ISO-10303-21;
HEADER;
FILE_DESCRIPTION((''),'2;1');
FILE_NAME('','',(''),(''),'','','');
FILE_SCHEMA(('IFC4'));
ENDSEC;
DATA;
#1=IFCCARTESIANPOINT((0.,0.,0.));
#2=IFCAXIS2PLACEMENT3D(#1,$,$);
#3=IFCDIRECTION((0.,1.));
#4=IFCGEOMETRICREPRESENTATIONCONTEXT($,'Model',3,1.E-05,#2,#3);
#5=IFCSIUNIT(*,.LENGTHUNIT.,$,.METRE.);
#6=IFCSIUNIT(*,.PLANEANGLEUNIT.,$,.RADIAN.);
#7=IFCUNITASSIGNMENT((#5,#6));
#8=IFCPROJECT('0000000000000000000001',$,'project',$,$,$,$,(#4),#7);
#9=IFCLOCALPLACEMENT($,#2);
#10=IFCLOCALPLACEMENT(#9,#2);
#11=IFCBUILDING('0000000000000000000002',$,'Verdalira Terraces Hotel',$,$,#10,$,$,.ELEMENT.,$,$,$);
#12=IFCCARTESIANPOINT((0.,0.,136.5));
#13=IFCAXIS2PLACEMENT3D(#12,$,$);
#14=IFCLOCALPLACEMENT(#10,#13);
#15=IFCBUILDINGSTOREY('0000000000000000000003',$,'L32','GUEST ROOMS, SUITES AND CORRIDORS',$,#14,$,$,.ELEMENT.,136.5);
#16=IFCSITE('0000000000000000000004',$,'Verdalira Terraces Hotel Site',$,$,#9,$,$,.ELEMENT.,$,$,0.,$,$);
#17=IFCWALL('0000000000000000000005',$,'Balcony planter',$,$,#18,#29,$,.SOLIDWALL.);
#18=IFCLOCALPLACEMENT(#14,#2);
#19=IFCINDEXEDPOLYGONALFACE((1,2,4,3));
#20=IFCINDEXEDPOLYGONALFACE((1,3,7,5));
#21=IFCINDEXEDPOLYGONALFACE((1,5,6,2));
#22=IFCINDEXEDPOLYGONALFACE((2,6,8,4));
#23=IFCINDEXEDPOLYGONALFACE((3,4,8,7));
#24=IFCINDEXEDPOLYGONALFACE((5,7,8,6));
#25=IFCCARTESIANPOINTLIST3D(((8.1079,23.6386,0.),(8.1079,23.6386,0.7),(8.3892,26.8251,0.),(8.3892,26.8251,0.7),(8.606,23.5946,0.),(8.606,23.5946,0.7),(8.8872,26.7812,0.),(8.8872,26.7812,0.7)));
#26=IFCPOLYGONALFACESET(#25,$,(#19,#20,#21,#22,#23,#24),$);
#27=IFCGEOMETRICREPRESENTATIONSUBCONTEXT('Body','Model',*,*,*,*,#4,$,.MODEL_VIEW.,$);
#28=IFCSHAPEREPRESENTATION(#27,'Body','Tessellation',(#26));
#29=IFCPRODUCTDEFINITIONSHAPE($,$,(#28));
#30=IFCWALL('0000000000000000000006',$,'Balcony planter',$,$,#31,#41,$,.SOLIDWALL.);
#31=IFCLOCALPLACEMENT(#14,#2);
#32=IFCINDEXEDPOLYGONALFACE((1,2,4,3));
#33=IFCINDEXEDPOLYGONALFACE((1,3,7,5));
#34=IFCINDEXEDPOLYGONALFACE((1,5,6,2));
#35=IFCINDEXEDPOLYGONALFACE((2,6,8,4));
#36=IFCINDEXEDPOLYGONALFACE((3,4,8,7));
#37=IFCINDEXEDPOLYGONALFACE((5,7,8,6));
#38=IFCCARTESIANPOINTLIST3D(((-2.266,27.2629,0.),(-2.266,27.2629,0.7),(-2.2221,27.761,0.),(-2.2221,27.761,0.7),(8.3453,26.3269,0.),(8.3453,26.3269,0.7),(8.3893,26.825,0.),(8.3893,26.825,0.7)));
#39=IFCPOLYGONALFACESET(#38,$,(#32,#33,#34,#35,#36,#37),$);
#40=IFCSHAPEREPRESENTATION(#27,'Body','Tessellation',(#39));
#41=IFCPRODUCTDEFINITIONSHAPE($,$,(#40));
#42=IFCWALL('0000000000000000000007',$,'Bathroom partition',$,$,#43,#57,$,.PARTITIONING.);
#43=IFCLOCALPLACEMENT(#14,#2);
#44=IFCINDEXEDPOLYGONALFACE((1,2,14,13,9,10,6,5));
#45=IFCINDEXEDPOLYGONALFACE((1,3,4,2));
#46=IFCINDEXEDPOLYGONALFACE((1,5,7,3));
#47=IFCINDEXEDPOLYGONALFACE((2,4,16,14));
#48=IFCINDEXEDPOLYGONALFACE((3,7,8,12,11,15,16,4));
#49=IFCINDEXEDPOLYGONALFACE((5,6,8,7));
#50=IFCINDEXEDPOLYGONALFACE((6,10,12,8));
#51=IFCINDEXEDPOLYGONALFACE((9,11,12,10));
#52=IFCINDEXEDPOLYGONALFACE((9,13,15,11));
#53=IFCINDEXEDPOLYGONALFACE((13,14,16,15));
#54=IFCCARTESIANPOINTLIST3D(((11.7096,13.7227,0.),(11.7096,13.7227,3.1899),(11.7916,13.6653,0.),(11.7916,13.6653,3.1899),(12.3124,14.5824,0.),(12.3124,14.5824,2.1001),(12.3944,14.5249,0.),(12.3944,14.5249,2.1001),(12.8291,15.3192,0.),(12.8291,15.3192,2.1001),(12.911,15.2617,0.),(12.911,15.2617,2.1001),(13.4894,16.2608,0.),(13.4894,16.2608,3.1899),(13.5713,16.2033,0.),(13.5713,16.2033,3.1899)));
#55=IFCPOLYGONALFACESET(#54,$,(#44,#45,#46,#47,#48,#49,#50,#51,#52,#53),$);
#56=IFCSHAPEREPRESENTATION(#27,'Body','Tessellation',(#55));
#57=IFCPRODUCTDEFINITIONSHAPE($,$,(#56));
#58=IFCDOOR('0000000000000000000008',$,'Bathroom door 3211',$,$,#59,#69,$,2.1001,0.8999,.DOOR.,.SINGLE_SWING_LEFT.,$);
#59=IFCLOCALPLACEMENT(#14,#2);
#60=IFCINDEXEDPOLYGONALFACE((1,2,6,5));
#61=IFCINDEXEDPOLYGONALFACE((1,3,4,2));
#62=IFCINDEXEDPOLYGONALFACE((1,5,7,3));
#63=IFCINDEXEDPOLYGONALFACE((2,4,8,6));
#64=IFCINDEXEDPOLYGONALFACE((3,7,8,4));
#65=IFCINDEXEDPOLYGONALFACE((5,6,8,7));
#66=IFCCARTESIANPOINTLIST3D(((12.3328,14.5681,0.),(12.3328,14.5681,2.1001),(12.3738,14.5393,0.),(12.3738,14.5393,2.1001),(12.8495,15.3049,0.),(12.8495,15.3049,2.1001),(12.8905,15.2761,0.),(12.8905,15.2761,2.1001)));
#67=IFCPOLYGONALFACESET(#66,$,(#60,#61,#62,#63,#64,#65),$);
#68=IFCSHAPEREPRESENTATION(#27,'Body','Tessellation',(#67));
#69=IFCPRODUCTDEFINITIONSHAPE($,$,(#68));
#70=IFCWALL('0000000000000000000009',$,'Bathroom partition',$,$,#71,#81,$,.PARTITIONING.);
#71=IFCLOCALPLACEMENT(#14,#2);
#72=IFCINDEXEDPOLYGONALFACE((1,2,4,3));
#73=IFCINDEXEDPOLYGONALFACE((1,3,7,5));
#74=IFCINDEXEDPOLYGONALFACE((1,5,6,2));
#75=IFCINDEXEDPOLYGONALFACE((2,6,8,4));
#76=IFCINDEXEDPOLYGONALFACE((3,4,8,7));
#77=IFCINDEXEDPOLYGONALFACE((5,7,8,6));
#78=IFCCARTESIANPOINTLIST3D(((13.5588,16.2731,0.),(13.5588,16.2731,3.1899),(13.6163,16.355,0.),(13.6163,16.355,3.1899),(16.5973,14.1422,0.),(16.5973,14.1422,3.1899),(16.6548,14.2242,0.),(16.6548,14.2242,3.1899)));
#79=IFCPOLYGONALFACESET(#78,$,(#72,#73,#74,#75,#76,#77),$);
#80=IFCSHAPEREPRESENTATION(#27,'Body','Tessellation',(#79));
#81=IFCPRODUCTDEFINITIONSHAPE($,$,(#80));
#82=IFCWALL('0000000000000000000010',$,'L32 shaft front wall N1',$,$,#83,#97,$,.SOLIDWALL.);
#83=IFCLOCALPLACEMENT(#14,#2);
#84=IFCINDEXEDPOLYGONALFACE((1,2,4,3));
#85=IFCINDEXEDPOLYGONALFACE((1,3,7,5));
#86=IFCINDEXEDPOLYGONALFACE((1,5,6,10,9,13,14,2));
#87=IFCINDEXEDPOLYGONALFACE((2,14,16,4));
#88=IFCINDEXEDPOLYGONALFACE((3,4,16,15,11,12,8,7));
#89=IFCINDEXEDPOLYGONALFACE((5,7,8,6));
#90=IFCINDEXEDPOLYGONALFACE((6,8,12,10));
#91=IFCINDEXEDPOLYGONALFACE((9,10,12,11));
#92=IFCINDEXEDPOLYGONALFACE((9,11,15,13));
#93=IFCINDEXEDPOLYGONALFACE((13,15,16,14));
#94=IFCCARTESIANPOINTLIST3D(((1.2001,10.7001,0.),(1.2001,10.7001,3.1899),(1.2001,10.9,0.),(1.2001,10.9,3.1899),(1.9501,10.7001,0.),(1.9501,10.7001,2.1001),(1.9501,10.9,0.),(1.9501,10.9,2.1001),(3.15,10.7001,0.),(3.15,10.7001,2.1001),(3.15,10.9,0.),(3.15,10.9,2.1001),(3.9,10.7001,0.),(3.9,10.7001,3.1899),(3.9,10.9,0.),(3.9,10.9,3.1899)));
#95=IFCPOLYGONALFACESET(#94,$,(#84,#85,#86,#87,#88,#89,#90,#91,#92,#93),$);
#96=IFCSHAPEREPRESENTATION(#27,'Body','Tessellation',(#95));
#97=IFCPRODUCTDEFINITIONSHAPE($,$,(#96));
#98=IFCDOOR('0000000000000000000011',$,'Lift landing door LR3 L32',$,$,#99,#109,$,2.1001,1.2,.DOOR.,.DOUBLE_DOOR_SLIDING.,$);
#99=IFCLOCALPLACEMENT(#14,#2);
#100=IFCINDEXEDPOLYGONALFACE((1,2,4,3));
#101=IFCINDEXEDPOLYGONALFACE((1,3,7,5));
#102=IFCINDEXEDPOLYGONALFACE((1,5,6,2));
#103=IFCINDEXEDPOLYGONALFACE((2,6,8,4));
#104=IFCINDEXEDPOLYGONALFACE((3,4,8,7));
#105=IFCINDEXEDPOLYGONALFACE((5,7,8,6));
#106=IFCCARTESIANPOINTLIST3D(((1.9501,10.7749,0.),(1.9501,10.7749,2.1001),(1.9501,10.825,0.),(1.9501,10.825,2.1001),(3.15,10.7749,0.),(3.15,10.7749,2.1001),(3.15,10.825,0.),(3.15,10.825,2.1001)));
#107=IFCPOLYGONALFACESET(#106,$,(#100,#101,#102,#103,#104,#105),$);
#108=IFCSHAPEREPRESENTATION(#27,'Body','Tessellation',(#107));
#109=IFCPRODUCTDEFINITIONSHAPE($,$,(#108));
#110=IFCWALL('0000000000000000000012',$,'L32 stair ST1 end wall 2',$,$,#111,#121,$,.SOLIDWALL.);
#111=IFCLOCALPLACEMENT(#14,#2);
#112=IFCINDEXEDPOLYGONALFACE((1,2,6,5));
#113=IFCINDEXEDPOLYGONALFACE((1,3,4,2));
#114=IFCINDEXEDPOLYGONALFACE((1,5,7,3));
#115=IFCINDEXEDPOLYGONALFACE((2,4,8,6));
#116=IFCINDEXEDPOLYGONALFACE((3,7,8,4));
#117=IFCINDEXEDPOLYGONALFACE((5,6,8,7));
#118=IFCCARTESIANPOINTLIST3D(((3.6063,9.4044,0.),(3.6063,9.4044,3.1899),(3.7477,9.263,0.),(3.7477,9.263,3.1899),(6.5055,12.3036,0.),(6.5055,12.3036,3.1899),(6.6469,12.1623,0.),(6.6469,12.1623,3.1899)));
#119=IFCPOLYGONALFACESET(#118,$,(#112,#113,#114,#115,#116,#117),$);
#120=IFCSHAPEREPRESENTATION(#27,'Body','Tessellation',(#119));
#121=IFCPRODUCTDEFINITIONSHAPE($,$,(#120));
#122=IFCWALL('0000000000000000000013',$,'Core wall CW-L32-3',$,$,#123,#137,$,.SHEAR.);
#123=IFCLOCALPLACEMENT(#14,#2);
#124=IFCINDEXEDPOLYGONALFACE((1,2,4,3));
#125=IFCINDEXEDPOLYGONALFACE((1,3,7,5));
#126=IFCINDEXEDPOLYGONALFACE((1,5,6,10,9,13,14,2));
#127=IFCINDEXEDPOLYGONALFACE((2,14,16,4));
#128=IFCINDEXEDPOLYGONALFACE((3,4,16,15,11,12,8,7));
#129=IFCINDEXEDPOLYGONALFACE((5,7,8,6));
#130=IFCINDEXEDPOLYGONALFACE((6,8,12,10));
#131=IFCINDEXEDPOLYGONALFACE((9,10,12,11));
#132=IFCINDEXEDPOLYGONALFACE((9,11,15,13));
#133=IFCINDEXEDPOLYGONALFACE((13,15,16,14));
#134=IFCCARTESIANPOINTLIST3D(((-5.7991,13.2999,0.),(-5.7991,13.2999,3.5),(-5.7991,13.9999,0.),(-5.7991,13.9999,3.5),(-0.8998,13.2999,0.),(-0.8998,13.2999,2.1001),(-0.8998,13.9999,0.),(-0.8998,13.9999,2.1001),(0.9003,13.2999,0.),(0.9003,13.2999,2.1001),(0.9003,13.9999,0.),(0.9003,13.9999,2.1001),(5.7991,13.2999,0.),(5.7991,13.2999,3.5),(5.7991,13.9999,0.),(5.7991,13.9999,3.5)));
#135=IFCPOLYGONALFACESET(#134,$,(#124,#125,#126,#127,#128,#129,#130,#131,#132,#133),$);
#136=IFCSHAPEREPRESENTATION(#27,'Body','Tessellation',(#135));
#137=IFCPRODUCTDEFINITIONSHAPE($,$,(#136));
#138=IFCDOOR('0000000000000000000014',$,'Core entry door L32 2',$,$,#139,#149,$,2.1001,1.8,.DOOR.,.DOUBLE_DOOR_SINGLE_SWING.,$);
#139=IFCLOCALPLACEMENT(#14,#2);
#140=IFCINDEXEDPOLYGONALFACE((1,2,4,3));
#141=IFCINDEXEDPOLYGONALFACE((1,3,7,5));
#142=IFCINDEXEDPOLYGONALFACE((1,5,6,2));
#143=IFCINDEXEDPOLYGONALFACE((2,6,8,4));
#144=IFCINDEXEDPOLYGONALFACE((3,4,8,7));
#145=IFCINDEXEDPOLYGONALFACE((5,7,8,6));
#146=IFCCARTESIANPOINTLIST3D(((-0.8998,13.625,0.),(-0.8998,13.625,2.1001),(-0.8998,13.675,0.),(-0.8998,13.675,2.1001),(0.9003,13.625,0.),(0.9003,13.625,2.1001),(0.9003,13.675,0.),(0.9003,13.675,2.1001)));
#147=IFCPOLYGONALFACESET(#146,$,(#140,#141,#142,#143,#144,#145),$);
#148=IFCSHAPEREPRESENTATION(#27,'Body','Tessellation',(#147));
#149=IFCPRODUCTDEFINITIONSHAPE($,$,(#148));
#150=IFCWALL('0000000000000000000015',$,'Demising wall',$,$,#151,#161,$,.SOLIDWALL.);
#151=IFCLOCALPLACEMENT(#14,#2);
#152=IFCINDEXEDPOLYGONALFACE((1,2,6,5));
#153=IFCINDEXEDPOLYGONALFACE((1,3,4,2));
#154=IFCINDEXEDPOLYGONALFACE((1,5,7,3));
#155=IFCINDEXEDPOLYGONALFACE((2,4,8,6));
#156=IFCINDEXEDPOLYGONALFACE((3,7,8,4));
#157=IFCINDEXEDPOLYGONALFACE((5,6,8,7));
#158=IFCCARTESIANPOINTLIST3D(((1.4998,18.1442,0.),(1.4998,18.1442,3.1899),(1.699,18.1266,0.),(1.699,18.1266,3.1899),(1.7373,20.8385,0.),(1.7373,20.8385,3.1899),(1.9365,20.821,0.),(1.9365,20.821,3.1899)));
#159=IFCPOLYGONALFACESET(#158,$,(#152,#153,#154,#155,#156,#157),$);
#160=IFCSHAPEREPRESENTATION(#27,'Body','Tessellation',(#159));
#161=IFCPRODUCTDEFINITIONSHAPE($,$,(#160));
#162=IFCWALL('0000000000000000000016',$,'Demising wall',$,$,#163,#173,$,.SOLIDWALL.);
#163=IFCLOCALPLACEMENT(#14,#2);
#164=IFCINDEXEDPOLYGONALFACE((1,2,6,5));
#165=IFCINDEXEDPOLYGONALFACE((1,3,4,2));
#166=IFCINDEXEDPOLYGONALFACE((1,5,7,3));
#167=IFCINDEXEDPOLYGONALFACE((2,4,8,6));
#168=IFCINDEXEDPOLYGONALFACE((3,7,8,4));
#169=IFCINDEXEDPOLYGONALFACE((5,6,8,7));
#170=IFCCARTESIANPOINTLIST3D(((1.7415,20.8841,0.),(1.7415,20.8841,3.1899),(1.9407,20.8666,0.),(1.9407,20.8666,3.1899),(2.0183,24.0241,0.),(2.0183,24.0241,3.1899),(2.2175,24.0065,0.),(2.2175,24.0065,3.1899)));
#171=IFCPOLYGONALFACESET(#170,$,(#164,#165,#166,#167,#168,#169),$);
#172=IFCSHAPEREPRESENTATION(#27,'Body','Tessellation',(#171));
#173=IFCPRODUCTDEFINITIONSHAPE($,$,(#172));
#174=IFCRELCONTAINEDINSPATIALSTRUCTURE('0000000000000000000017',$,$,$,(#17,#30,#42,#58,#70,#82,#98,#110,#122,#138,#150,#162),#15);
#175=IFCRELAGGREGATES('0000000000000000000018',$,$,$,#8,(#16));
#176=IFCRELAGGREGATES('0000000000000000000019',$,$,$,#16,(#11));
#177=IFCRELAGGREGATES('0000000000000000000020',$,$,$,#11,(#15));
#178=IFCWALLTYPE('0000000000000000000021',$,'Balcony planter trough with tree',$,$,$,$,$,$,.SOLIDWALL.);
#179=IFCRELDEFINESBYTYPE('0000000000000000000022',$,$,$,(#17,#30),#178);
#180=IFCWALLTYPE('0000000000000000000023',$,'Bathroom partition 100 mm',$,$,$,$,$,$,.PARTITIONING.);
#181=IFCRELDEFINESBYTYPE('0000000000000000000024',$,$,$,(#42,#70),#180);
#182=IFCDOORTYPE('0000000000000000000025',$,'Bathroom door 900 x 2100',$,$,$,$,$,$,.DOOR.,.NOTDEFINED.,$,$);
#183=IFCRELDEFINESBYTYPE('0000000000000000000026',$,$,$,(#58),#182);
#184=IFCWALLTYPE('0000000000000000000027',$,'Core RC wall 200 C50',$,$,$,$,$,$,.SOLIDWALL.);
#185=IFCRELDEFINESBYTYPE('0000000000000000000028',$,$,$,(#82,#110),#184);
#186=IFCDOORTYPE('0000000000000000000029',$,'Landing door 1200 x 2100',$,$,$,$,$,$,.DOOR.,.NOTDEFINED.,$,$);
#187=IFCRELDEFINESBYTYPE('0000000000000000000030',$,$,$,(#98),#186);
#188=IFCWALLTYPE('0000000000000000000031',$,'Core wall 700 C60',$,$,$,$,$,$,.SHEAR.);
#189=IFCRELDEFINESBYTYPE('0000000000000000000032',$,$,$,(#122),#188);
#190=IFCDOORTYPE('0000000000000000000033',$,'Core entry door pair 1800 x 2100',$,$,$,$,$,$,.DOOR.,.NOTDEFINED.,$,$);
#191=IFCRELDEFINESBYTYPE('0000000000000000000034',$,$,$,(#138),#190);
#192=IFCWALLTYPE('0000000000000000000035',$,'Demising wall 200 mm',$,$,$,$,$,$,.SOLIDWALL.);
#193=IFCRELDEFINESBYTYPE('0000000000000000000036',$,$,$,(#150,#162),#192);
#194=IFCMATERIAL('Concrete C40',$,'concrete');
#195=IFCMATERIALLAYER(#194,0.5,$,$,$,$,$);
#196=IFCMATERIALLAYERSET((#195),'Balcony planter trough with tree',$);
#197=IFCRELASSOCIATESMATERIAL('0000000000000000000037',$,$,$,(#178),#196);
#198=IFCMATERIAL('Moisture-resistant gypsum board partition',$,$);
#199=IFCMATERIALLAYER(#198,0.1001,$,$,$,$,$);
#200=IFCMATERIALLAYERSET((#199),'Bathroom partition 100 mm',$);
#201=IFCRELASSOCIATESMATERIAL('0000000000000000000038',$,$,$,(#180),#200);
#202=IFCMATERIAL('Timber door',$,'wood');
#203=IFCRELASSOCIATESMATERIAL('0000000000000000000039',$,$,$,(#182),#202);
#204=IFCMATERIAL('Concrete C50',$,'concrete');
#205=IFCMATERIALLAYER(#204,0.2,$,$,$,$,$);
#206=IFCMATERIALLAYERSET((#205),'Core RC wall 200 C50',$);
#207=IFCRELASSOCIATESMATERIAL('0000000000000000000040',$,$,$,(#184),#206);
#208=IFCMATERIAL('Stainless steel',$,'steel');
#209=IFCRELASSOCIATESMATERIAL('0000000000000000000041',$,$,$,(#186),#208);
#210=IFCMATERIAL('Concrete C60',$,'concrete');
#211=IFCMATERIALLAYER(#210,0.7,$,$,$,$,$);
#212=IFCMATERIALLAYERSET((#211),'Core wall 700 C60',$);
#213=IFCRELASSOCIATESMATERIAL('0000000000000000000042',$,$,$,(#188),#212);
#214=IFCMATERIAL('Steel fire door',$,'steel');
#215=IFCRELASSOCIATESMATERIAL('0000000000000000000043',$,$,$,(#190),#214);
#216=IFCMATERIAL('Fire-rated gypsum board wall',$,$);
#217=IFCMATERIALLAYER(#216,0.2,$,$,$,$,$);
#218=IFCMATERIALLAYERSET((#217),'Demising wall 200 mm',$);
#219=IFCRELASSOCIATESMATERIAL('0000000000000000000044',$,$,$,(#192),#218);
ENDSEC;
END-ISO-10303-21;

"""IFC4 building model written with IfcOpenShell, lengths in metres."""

from ifc_helpers import new_model, si_unit, direction, frame, frame_2d, origin, place, context, subcontext, project, spatial, rectangle, extrude, material, layer, layer_set, type_object, element, fill, save


model = new_model("IFC4")

# Units and contexts
model_context = context("Model", 3, precision=1e-05, world=origin(), true_north=direction((0.0, 1.0)))
body_context = subcontext(model_context, "Body", "Model", "MODEL_VIEW")
ifc_project = project(units=[si_unit("LENGTHUNIT", "METRE"), si_unit("PLANEANGLEUNIT", "RADIAN")], contexts=[model_context])

# Site, building, storey
site_placement = place(None, origin())
site = spatial("IfcSite", under=ifc_project, at=site_placement, Name="Verdalira Terraces Hotel Site", CompositionType="ELEMENT", RefElevation=0.0)
building_placement = place(site_placement, origin())
building = spatial("IfcBuilding", under=site, at=building_placement, Name="Verdalira Terraces Hotel", CompositionType="ELEMENT")
storey_placement = place(building_placement, frame((0.0, 0.0, 136.5)))
storey = spatial("IfcBuildingStorey", under=building, at=storey_placement, Name="L32", Description="GUEST ROOMS, SUITES AND CORRIDORS", CompositionType="ELEMENT", Elevation=136.5)

# Walls
ifc_material_1 = material(Name="Concrete C40", Category="concrete")
ifc_layer_1 = layer(ifc_material_1, 0.5)
ifc_layer_set_1 = layer_set([ifc_layer_1], Name="Balcony planter trough with tree")
wall_type_1 = type_object("IfcWallType", Name="Balcony planter trough with tree", PredefinedType="SOLIDWALL", material=ifc_layer_set_1)
wall_1_placement = place(storey_placement, frame((8.3569, 23.6165, 0.0), z_axis=(0.0, 0.0, 1.0), x_axis=(0.087921, 0.996127, 0.0)))
element("IfcWall", 1, at=wall_1_placement, inside=storey, type_object=wall_type_1, Name="Balcony planter", PredefinedType="SOLIDWALL", context=body_context, shape_type="SweptSolid", body=[
    extrude(rectangle(XDim=3.199, YDim=0.5, at=frame_2d((1.5996, 0.0))), origin(), (0.0, 0.0, 1.0), 0.7),
])
wall_2_placement = place(storey_placement, frame((8.3672, 26.5759, 0.0), z_axis=(0.0, 0.0, 1.0), x_axis=(-0.996132, 0.08787, 0.0)))
element("IfcWall", 2, at=wall_2_placement, inside=storey, type_object=wall_type_1, Name="Balcony planter", PredefinedType="SOLIDWALL", context=body_context, shape_type="SweptSolid", body=[
    extrude(rectangle(XDim=10.6526, YDim=0.5, at=frame_2d((5.3262, 0.0))), origin(), (0.0, 0.0, 1.0), 0.7),
])

# Wall, opening, door
ifc_material_2 = material(Name="Moisture-resistant gypsum board partition")
ifc_layer_2 = layer(ifc_material_2, 0.1001)
ifc_layer_set_2 = layer_set([ifc_layer_2], Name="Bathroom partition 100 mm")
wall_type_2 = type_object("IfcWallType", Name="Bathroom partition 100 mm", PredefinedType="PARTITIONING", material=ifc_layer_set_2)
wall_3_placement = place(storey_placement, frame((13.5303, 16.2319, 0.0), z_axis=(0.0, 0.0, 1.0), x_axis=(-0.574139, -0.818758, 0.0)))
wall_3 = element("IfcWall", 3, at=wall_3_placement, inside=storey, type_object=wall_type_2, Name="Bathroom partition", PredefinedType="PARTITIONING", context=body_context, shape_type="SweptSolid", body=[
    extrude(rectangle(XDim=3.0999, YDim=0.1001, at=frame_2d((1.5498, 0.0))), origin(), (0.0, 0.0, 1.0), 3.1899),
])
opening_1_placement = place(wall_3_placement, frame((1.1499, 0.0, 0.0)))
opening_1 = element("IfcOpeningElement", 4, at=opening_1_placement, cuts=wall_3, PredefinedType="OPENING", context=body_context, shape_type="SweptSolid", body=[
    extrude(rectangle(XDim=0.8999, YDim=2.1001, at=frame_2d((0.45, 1.05))), frame((0.0, 0.0601, 0.0), z_axis=(0.0, -1.0, 0.0), x_axis=(1.0, 0.0, 0.0)), (0.0, 0.0, 1.0), 0.1201),
])
ifc_material_3 = material(Name="Timber door", Category="wood")
door_type_1 = type_object("IfcDoorType", Name="Bathroom door 900 x 2100", OperationType="NOTDEFINED", PredefinedType="DOOR", material=ifc_material_3)
door_1_placement = place(opening_1_placement, origin())
door_1 = element("IfcDoor", 5, at=door_1_placement, inside=storey, type_object=door_type_1, Name="Bathroom door 3211", OperationType="SINGLE_SWING_LEFT", OverallHeight=2.1001, OverallWidth=0.8999, PredefinedType="DOOR", context=body_context, shape_type="SweptSolid", body=[
    extrude(rectangle(XDim=0.8999, YDim=2.1001, at=frame_2d((0.45, 1.05))), frame((0.0, 0.0249, 0.0), z_axis=(0.0, -1.0, 0.0), x_axis=(1.0, 0.0, 0.0)), (0.0, 0.0, 1.0), 0.05),
])
fill(opening_1, door_1)

# Wall
wall_4_placement = place(storey_placement, frame((13.5876, 16.314, 0.0), z_axis=(0.0, 0.0, 1.0), x_axis=(0.818743, -0.57416, 0.0)))
element("IfcWall", 6, at=wall_4_placement, inside=storey, type_object=wall_type_2, Name="Bathroom partition", PredefinedType="PARTITIONING", context=body_context, shape_type="SweptSolid", body=[
    extrude(rectangle(XDim=3.7112, YDim=0.1001, at=frame_2d((1.8555, 0.0))), origin(), (0.0, 0.0, 1.0), 3.1899),
])

# Wall, opening, door
ifc_material_4 = material(Name="Concrete C50", Category="concrete")
ifc_layer_3 = layer(ifc_material_4, 0.2)
ifc_layer_set_3 = layer_set([ifc_layer_3], Name="Core RC wall 200 C50")
wall_type_3 = type_object("IfcWallType", Name="Core RC wall 200 C50", PredefinedType="SOLIDWALL", material=ifc_layer_set_3)
wall_5_placement = place(storey_placement, frame((1.2, 10.8, 0.0), z_axis=(0.0, 0.0, 1.0), x_axis=(1.0, 0.0, 0.0)))
wall_5 = element("IfcWall", 7, at=wall_5_placement, inside=storey, type_object=wall_type_3, Name="L32 shaft front wall N1", PredefinedType="SOLIDWALL", context=body_context, shape_type="SweptSolid", body=[
    extrude(rectangle(XDim=2.7, YDim=0.2, at=frame_2d((1.3501, 0.0))), origin(), (0.0, 0.0, 1.0), 3.1899),
])
opening_2_placement = place(wall_5_placement, frame((0.75, 0.0, 0.0)))
opening_2 = element("IfcOpeningElement", 8, at=opening_2_placement, cuts=wall_5, PredefinedType="OPENING", context=body_context, shape_type="SweptSolid", body=[
    extrude(rectangle(XDim=1.2, YDim=2.1001, at=frame_2d((0.6001, 1.05))), frame((0.0, 0.1099, 0.0), z_axis=(0.0, -1.0, 0.0), x_axis=(1.0, 0.0, 0.0)), (0.0, 0.0, 1.0), 0.22),
])
ifc_material_5 = material(Name="Stainless steel", Category="steel")
door_type_2 = type_object("IfcDoorType", Name="Landing door 1200 x 2100", OperationType="NOTDEFINED", PredefinedType="DOOR", material=ifc_material_5)
door_2_placement = place(opening_2_placement, origin())
door_2 = element("IfcDoor", 9, at=door_2_placement, inside=storey, type_object=door_type_2, Name="Lift landing door LR3 L32", OperationType="DOUBLE_DOOR_SLIDING", OverallHeight=2.1001, OverallWidth=1.2, PredefinedType="DOOR", context=body_context, shape_type="SweptSolid", body=[
    extrude(rectangle(XDim=1.2, YDim=2.1001, at=frame_2d((0.6001, 1.05))), frame((0.0, 0.0249, 0.0), z_axis=(0.0, -1.0, 0.0), x_axis=(1.0, 0.0, 0.0)), (0.0, 0.0, 1.0), 0.05),
])
fill(opening_2, door_2)

# Wall
wall_6_placement = place(storey_placement, frame((3.677, 9.3337, 0.0), z_axis=(0.0, 0.0, 1.0), x_axis=(0.707107, 0.707107, 0.0)))
element("IfcWall", 10, at=wall_6_placement, inside=storey, type_object=wall_type_3, Name="L32 stair ST1 end wall 2", PredefinedType="SOLIDWALL", context=body_context, shape_type="SweptSolid", body=[
    extrude(rectangle(XDim=4.1001, YDim=0.2, at=frame_2d((2.05, 0.0))), origin(), (0.0, 0.0, 1.0), 3.1899),
])

# Wall, opening, door
ifc_material_6 = material(Name="Concrete C60", Category="concrete")
ifc_layer_4 = layer(ifc_material_6, 0.7)
ifc_layer_set_4 = layer_set([ifc_layer_4], Name="Core wall 700 C60")
wall_type_4 = type_object("IfcWallType", Name="Core wall 700 C60", PredefinedType="SHEAR", material=ifc_layer_set_4)
wall_7_placement = place(storey_placement, frame((5.7991, 13.6499, 0.0), z_axis=(0.0, 0.0, 1.0), x_axis=(-1.0, 0.0, 0.0)))
wall_7 = element("IfcWall", 11, at=wall_7_placement, inside=storey, type_object=wall_type_4, Name="Core wall CW-L32-3", PredefinedType="SHEAR", context=body_context, shape_type="SweptSolid", body=[
    extrude(rectangle(XDim=11.5981, YDim=0.7, at=frame_2d((5.7991, 0.0))), origin(), (0.0, 0.0, 1.0), 3.5),
])
opening_3_placement = place(wall_7_placement, frame((4.8989, 0.0, 0.0)))
opening_3 = element("IfcOpeningElement", 12, at=opening_3_placement, cuts=wall_7, PredefinedType="OPENING", context=body_context, shape_type="SweptSolid", body=[
    extrude(rectangle(XDim=1.8, YDim=2.1001, at=frame_2d((0.8999, 1.05))), frame((0.0, 0.3599, 0.0), z_axis=(0.0, -1.0, 0.0), x_axis=(1.0, 0.0, 0.0)), (0.0, 0.0, 1.0), 0.72),
])
ifc_material_7 = material(Name="Steel fire door", Category="steel")
door_type_3 = type_object("IfcDoorType", Name="Core entry door pair 1800 x 2100", OperationType="NOTDEFINED", PredefinedType="DOOR", material=ifc_material_7)
door_3_placement = place(opening_3_placement, origin())
door_3 = element("IfcDoor", 13, at=door_3_placement, inside=storey, type_object=door_type_3, Name="Core entry door L32 2", OperationType="DOUBLE_DOOR_SINGLE_SWING", OverallHeight=2.1001, OverallWidth=1.8, PredefinedType="DOOR", context=body_context, shape_type="SweptSolid", body=[
    extrude(rectangle(XDim=1.8, YDim=2.1001, at=frame_2d((0.8999, 1.05))), frame((0.0, 0.0249, 0.0), z_axis=(0.0, -1.0, 0.0), x_axis=(1.0, 0.0, 0.0)), (0.0, 0.0, 1.0), 0.05),
])
fill(opening_3, door_3)

# Walls
ifc_material_8 = material(Name="Fire-rated gypsum board wall")
ifc_layer_5 = layer(ifc_material_8, 0.2)
ifc_layer_set_5 = layer_set([ifc_layer_5], Name="Demising wall 200 mm")
wall_type_5 = type_object("IfcWallType", Name="Demising wall 200 mm", PredefinedType="SOLIDWALL", material=ifc_layer_set_5)
wall_8_placement = place(storey_placement, frame((1.5994, 18.1353, 0.0), z_axis=(0.0, 0.0, 1.0), x_axis=(0.087825, 0.996136, 0.0)))
element("IfcWall", 14, at=wall_8_placement, inside=storey, type_object=wall_type_5, Name="Demising wall", PredefinedType="SOLIDWALL", context=body_context, shape_type="SweptSolid", body=[
    extrude(rectangle(XDim=2.7048, YDim=0.2, at=frame_2d((1.3525, 0.0))), origin(), (0.0, 0.0, 1.0), 3.1899),
])
wall_9_placement = place(storey_placement, frame((1.8411, 20.8752, 0.0), z_axis=(0.0, 0.0, 1.0), x_axis=(0.087833, 0.996135, 0.0)))
element("IfcWall", 15, at=wall_9_placement, inside=storey, type_object=wall_type_5, Name="Demising wall", PredefinedType="SOLIDWALL", context=body_context, shape_type="SweptSolid", body=[
    extrude(rectangle(XDim=3.1521, YDim=0.2, at=frame_2d((1.5762, 0.0))), origin(), (0.0, 0.0, 1.0), 3.1899),
])

save(model, "model.ifc")
